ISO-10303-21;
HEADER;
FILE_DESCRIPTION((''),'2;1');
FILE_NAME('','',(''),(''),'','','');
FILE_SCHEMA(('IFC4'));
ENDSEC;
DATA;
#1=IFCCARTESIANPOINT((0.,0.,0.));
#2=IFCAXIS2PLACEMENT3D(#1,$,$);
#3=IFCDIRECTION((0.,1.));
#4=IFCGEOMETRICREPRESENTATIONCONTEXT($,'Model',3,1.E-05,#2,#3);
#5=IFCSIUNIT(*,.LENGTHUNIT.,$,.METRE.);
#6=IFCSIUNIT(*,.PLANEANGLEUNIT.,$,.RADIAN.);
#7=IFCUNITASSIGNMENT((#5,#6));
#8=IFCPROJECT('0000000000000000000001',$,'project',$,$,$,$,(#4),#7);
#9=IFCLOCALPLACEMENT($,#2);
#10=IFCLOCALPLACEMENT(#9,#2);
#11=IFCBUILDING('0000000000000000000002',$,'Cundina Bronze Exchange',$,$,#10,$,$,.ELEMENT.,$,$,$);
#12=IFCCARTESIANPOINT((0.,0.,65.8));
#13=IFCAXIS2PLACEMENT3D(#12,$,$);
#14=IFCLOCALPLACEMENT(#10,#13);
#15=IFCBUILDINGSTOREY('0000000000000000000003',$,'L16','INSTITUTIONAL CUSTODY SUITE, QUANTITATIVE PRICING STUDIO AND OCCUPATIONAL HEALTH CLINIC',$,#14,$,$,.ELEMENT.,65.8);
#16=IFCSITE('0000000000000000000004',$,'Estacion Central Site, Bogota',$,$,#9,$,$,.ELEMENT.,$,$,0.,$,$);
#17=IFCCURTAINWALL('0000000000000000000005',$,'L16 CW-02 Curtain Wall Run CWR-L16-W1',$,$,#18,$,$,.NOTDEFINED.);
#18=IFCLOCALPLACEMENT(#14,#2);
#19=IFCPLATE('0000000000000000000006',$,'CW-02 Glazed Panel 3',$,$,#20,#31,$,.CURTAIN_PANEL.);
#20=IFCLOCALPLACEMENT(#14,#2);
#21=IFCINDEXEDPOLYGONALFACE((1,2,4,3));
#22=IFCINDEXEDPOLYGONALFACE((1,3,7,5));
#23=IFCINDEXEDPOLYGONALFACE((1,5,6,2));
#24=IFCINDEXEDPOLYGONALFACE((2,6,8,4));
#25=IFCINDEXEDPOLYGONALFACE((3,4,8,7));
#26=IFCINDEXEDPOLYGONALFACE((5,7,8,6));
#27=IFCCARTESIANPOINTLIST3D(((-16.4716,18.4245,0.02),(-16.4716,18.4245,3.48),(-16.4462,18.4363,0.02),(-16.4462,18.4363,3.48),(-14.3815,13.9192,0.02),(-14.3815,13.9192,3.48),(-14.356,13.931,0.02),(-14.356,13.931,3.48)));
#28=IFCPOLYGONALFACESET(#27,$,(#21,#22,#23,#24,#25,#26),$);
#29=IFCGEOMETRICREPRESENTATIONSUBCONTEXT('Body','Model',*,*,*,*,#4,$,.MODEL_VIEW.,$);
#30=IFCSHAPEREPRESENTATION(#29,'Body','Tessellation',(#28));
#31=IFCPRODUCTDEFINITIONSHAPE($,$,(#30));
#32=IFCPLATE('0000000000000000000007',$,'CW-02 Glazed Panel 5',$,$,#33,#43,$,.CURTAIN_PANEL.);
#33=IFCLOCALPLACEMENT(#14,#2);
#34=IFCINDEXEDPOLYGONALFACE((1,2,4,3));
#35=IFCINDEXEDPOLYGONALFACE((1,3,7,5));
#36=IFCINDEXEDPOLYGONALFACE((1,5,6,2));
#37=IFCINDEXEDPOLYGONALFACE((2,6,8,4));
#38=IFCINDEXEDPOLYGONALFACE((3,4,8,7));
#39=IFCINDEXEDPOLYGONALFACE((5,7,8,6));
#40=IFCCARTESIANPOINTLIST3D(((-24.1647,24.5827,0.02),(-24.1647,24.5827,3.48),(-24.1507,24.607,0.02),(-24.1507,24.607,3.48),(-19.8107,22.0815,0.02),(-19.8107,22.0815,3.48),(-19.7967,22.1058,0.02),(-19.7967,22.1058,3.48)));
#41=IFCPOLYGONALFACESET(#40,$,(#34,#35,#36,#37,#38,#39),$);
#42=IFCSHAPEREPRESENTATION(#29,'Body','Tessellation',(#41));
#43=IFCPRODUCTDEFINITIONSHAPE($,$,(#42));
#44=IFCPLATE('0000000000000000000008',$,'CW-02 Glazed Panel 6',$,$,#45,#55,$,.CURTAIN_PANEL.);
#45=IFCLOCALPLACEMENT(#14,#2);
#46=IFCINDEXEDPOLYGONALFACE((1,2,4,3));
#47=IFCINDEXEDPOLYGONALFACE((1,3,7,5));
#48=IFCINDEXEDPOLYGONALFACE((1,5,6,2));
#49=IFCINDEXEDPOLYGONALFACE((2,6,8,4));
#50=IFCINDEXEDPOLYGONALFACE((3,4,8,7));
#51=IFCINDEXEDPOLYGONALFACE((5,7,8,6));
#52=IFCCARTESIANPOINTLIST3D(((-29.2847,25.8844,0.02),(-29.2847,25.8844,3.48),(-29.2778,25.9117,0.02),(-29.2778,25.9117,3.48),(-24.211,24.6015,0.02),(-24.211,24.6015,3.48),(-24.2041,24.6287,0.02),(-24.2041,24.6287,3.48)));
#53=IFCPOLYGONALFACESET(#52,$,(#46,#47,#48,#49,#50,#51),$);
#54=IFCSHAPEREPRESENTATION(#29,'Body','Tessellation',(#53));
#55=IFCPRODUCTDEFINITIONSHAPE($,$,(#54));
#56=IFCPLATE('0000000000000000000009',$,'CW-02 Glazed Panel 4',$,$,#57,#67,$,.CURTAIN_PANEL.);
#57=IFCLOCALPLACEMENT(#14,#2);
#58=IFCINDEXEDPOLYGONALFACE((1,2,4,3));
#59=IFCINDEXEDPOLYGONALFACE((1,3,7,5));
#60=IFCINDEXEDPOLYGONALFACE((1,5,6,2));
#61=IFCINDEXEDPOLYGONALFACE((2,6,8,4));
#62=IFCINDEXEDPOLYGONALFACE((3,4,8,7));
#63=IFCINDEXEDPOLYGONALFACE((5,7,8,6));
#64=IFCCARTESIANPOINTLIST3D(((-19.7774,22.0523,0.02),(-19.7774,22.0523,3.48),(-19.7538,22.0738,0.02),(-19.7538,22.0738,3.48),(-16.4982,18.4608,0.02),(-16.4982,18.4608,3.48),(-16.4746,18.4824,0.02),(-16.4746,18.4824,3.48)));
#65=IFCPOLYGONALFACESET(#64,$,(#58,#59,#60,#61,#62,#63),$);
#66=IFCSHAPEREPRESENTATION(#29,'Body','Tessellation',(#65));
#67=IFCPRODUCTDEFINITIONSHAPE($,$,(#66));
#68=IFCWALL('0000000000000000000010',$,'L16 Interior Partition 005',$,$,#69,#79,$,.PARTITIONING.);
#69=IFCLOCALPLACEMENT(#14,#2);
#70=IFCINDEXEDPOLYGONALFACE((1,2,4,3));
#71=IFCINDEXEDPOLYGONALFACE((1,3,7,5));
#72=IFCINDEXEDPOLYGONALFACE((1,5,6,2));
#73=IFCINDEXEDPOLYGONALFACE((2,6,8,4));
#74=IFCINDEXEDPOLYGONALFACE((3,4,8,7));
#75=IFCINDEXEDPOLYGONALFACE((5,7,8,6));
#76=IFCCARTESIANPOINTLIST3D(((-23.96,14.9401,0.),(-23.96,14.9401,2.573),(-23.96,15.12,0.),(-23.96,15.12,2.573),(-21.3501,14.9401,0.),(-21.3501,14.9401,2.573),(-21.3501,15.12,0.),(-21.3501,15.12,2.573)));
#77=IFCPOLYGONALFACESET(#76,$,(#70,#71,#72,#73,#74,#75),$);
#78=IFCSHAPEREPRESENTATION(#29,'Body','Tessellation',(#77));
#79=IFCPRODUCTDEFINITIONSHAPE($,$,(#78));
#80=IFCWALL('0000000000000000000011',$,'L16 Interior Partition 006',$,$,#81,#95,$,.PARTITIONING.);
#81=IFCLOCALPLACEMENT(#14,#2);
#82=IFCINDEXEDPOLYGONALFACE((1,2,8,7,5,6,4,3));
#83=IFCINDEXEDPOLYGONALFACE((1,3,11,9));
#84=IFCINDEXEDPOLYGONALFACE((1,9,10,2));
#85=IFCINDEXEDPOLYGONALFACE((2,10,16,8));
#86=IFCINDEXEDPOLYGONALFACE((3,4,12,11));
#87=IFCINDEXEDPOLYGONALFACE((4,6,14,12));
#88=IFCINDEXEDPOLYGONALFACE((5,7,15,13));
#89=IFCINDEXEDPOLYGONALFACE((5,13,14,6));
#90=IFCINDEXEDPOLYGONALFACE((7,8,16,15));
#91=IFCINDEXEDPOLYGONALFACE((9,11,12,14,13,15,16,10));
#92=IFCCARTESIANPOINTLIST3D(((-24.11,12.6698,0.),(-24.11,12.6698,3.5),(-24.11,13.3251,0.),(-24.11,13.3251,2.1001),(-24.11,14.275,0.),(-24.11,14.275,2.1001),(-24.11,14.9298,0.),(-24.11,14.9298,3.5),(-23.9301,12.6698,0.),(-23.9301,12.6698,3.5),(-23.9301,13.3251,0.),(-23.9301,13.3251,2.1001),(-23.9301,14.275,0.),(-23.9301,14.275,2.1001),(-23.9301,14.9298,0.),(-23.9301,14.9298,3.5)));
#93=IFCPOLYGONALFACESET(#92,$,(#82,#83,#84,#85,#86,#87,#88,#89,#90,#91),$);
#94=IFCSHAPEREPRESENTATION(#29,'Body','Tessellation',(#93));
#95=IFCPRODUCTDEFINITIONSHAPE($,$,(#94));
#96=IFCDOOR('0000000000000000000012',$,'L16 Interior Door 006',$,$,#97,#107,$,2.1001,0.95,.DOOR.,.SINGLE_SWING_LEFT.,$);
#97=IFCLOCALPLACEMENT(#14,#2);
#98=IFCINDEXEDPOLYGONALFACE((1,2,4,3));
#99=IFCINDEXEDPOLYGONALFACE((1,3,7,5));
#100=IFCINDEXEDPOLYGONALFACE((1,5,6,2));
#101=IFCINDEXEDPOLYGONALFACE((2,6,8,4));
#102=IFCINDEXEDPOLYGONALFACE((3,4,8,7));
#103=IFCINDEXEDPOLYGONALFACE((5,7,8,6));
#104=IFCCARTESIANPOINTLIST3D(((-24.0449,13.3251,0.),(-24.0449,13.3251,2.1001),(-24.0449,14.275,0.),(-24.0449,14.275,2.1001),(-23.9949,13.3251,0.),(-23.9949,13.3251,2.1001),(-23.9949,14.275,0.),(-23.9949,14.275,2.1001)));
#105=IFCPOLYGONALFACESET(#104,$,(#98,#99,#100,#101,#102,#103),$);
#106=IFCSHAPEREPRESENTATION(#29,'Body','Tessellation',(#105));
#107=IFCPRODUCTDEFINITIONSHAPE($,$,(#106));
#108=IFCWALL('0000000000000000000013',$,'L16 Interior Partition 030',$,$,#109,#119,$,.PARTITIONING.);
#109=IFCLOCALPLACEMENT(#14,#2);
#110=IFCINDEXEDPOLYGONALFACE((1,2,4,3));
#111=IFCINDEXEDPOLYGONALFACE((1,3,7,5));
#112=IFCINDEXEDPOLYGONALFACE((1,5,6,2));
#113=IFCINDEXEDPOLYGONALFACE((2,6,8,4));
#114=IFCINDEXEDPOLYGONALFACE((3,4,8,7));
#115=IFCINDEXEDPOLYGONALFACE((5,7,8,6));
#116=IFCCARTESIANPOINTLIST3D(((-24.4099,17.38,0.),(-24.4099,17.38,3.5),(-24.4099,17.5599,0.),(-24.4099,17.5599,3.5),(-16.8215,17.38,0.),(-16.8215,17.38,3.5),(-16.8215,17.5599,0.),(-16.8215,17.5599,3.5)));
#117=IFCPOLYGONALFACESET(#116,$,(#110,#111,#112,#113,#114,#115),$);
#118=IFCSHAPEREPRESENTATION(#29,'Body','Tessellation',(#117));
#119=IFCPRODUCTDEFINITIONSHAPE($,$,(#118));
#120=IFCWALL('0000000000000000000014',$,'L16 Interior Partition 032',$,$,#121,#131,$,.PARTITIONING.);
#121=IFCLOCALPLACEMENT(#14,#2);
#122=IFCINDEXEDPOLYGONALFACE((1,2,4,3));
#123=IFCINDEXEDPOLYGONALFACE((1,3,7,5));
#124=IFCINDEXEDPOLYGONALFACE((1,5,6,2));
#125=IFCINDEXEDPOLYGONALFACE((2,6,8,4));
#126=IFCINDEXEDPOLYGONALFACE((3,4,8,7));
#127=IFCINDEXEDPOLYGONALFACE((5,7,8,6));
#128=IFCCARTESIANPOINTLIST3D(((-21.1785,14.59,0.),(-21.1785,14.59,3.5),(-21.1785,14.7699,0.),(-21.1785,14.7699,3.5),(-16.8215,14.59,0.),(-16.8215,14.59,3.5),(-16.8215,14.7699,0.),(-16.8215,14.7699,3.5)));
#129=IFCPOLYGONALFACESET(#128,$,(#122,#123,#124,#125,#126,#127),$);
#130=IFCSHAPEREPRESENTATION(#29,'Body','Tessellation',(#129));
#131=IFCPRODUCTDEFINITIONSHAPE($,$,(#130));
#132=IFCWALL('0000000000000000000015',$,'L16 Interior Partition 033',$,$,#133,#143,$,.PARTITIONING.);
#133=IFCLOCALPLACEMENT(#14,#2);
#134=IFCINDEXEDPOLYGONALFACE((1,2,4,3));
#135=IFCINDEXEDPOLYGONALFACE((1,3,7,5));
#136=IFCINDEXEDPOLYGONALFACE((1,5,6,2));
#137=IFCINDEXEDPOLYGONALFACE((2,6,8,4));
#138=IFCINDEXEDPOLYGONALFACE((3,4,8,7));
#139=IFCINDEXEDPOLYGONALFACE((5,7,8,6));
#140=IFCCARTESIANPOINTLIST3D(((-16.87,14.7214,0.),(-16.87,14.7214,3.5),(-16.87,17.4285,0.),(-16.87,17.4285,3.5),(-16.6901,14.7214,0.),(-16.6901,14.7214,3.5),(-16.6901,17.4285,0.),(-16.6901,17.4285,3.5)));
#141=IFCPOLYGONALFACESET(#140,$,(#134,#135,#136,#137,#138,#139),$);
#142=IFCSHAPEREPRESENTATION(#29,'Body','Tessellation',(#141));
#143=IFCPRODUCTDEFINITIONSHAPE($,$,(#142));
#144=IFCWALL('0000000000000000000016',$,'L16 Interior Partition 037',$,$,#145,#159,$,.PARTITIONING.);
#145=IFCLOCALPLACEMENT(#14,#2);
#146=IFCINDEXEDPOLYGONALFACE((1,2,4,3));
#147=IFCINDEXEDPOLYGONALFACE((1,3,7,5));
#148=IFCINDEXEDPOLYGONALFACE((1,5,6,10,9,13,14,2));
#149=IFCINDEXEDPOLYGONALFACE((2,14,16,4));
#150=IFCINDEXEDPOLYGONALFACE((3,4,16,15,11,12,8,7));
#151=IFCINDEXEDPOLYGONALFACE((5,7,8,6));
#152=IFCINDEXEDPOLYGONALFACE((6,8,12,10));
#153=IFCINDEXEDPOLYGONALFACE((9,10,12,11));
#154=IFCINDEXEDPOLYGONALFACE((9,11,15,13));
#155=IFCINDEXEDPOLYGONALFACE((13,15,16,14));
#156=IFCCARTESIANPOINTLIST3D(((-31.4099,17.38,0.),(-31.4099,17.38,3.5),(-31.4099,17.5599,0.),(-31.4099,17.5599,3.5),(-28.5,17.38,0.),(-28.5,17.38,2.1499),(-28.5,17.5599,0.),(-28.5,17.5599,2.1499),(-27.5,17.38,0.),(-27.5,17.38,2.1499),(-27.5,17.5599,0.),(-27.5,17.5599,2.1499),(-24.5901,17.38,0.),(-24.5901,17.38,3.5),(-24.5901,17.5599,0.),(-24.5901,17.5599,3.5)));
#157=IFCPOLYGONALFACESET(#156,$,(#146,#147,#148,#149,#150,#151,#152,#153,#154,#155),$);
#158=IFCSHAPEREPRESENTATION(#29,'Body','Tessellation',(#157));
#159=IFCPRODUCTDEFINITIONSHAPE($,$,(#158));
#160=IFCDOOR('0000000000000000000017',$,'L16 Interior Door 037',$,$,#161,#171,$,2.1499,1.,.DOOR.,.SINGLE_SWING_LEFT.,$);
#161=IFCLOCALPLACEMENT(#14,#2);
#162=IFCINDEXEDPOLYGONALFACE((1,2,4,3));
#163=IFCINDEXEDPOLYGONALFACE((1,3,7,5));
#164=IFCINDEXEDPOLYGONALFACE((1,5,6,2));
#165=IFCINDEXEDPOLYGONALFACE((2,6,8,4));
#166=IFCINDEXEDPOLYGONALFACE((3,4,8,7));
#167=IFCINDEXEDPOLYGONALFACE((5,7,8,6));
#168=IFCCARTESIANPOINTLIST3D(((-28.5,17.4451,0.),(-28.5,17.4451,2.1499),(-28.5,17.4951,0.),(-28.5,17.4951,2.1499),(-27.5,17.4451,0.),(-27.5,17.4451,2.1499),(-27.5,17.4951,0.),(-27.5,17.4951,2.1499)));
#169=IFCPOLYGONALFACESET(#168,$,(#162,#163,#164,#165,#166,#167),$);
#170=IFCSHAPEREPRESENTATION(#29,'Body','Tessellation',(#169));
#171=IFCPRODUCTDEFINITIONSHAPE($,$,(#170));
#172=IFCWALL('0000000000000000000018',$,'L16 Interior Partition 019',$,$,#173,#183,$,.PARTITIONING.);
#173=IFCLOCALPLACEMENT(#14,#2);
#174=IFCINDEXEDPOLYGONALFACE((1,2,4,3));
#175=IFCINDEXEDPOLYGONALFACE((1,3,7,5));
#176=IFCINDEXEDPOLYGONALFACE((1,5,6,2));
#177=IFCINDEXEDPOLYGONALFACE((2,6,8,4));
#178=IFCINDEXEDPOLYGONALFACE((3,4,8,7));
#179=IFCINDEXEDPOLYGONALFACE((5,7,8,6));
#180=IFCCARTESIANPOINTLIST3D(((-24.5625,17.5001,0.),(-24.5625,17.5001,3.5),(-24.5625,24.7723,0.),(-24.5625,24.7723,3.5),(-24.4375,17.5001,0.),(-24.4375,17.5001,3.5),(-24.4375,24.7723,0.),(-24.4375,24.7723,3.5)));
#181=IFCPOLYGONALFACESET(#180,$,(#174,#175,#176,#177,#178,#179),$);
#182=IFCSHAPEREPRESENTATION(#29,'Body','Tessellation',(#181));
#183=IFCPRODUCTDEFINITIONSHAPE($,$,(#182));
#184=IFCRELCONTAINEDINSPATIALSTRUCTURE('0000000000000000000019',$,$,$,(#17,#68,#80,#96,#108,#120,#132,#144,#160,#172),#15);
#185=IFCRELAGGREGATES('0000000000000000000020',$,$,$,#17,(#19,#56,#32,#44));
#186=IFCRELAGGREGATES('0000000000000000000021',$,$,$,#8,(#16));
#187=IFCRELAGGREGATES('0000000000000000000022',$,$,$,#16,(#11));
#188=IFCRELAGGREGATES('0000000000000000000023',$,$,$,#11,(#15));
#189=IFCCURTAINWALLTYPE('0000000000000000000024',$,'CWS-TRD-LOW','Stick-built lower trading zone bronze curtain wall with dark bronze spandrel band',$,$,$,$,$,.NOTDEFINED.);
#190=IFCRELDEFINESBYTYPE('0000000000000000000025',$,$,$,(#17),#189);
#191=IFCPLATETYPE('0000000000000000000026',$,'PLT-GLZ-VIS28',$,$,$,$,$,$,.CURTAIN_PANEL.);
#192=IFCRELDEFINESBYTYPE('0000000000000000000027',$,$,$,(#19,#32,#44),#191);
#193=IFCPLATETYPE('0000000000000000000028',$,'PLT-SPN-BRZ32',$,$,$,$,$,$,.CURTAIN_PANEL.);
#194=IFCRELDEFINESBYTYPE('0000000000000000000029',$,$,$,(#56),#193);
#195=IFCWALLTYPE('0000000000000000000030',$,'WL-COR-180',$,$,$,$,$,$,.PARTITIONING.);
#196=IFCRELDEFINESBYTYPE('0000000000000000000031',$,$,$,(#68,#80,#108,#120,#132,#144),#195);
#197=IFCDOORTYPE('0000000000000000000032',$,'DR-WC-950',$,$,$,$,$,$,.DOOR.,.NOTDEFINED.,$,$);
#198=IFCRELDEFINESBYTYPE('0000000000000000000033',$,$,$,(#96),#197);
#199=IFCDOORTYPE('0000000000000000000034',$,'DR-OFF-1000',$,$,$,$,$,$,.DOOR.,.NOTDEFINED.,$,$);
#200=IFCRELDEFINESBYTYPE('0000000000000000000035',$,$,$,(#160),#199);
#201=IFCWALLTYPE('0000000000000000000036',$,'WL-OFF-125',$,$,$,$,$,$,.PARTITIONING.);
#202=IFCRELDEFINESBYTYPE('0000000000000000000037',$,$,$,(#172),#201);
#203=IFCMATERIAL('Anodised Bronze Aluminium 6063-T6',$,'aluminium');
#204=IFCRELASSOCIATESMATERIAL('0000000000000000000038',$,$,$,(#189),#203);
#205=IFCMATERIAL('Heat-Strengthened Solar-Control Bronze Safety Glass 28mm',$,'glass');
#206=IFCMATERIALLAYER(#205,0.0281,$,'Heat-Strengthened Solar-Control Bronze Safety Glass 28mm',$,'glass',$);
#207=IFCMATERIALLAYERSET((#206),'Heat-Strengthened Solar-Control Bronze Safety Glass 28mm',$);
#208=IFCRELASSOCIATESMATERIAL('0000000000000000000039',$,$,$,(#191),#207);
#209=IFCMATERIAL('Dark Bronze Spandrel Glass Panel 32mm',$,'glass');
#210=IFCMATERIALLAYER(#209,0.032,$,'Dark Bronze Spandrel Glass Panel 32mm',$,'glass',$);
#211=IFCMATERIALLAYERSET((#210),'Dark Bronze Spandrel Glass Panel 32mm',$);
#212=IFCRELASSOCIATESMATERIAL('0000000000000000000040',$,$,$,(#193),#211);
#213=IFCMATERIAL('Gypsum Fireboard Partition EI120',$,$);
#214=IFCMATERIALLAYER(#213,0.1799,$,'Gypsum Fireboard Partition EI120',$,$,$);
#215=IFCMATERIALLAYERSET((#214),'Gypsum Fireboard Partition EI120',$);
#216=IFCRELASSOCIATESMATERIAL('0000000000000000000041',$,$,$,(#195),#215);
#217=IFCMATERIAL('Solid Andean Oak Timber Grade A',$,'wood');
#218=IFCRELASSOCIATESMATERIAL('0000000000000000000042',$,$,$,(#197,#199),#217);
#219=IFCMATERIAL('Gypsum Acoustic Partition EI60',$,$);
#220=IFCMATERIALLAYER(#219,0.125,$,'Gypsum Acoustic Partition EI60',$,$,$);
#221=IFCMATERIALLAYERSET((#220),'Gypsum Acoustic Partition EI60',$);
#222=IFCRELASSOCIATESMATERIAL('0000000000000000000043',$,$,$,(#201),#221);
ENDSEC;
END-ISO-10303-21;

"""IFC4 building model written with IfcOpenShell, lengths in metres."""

from ifc_helpers import new_model, si_unit, direction, frame, frame_2d, origin, origin_2d, place, context, subcontext, project, spatial, rectangle, extrude, material, layer, layer_set, type_object, element, fill, aggregate, save


model = new_model("IFC4")

# Units and contexts
model_context = context("Model", 3, precision=1e-05, world=origin(), true_north=direction((0.0, 1.0)))
body_context = subcontext(model_context, "Body", "Model", "MODEL_VIEW")
ifc_project = project(units=[si_unit("LENGTHUNIT", "METRE"), si_unit("PLANEANGLEUNIT", "RADIAN")], contexts=[model_context])

# Site, building, storey
site_placement = place(None, origin())
site = spatial("IfcSite", under=ifc_project, at=site_placement, Name="Estacion Central Site, Bogota", CompositionType="ELEMENT", RefElevation=0.0)
building_placement = place(site_placement, origin())
building = spatial("IfcBuilding", under=site, at=building_placement, Name="Cundina Bronze Exchange", CompositionType="ELEMENT")
storey_placement = place(building_placement, frame((0.0, 0.0, 65.8)))
storey = spatial("IfcBuildingStorey", under=building, at=storey_placement, Name="L16", Description="INSTITUTIONAL CUSTODY SUITE, QUANTITATIVE PRICING STUDIO AND OCCUPATIONAL HEALTH CLINIC", CompositionType="ELEMENT", Elevation=65.8)

# Curtain wall, plates
ifc_material_1 = material(Name="Anodised Bronze Aluminium 6063-T6", Category="aluminium")
curtain_wall_type = type_object("IfcCurtainWallType", Name="CWS-TRD-LOW", Description="Stick-built lower trading zone bronze curtain wall with dark bronze spandrel band", PredefinedType="NOTDEFINED", material=ifc_material_1)
curtain_wall_placement = place(storey_placement, origin())
curtain_wall = element("IfcCurtainWall", 1, at=curtain_wall_placement, inside=storey, type_object=curtain_wall_type, Name="L16 CW-02 Curtain Wall Run CWR-L16-W1", PredefinedType="NOTDEFINED")
ifc_material_2 = material(Name="Heat-Strengthened Solar-Control Bronze Safety Glass 28mm", Category="glass")
ifc_layer_1 = layer(ifc_material_2, 0.0281, Name="Heat-Strengthened Solar-Control Bronze Safety Glass 28mm", Category="glass")
ifc_layer_set_1 = layer_set([ifc_layer_1], Name="Heat-Strengthened Solar-Control Bronze Safety Glass 28mm")
plate_type_1 = type_object("IfcPlateType", Name="PLT-GLZ-VIS28", PredefinedType="CURTAIN_PANEL", material=ifc_layer_set_1)
plate_1_placement = place(storey_placement, frame((-15.4138, 16.1777, 0.02), z_axis=(0.0, 0.0, 1.0), x_axis=(-0.420846, 0.907132, 0.0)))
plate_1 = element("IfcPlate", 2, at=plate_1_placement, type_object=plate_type_1, Name="CW-02 Glazed Panel 3", PredefinedType="CURTAIN_PANEL", context=body_context, shape_type="SweptSolid", body=[
    extrude(rectangle(XDim=4.9666, YDim=0.0281, at=origin_2d()), origin(), (0.0, 0.0, 1.0), 3.46),
])
plate_2_placement = place(storey_placement, frame((-21.9807, 23.3442, 0.02), z_axis=(0.0, 0.0, 1.0), x_axis=(-0.867105, 0.498125, 0.0)))
plate_2 = element("IfcPlate", 3, at=plate_2_placement, type_object=plate_type_1, Name="CW-02 Glazed Panel 5", PredefinedType="CURTAIN_PANEL", context=body_context, shape_type="SweptSolid", body=[
    extrude(rectangle(XDim=5.0212, YDim=0.0281, at=origin_2d()), origin(), (0.0, 0.0, 1.0), 3.46),
])
plate_3_placement = place(storey_placement, frame((-26.7444, 25.2566, 0.02), z_axis=(0.0, 0.0, 1.0), x_axis=(-0.969488, 0.245138, 0.0)))
plate_3 = element("IfcPlate", 4, at=plate_3_placement, type_object=plate_type_1, Name="CW-02 Glazed Panel 6", PredefinedType="CURTAIN_PANEL", context=body_context, shape_type="SweptSolid", body=[
    extrude(rectangle(XDim=5.2334, YDim=0.0281, at=origin_2d()), origin(), (0.0, 0.0, 1.0), 3.46),
])
ifc_material_3 = material(Name="Dark Bronze Spandrel Glass Panel 32mm", Category="glass")
ifc_layer_2 = layer(ifc_material_3, 0.032, Name="Dark Bronze Spandrel Glass Panel 32mm", Category="glass")
ifc_layer_set_2 = layer_set([ifc_layer_2], Name="Dark Bronze Spandrel Glass Panel 32mm")
plate_type_2 = type_object("IfcPlateType", Name="PLT-SPN-BRZ32", PredefinedType="CURTAIN_PANEL", material=ifc_layer_set_2)
plate_4_placement = place(storey_placement, frame((-18.126, 20.2673, 0.02), z_axis=(0.0, 0.0, 1.0), x_axis=(-0.674277, 0.738479, 0.0)))
plate_4 = element("IfcPlate", 5, at=plate_4_placement, type_object=plate_type_2, Name="CW-02 Glazed Panel 4", PredefinedType="CURTAIN_PANEL", context=body_context, shape_type="SweptSolid", body=[
    extrude(rectangle(XDim=4.8633, YDim=0.032, at=origin_2d()), origin(), (0.0, 0.0, 1.0), 3.46),
])
aggregate(curtain_wall, [plate_1, plate_4, plate_2, plate_3])

# Wall
ifc_material_4 = material(Name="Gypsum Fireboard Partition EI120")
ifc_layer_3 = layer(ifc_material_4, 0.1799, Name="Gypsum Fireboard Partition EI120")
ifc_layer_set_3 = layer_set([ifc_layer_3], Name="Gypsum Fireboard Partition EI120")
wall_type_1 = type_object("IfcWallType", Name="WL-COR-180", PredefinedType="PARTITIONING", material=ifc_layer_set_3)
wall_1_placement = place(storey_placement, frame((-23.96, 15.03, 0.0), z_axis=(0.0, 0.0, 1.0), x_axis=(1.0, 0.0, 0.0)))
element("IfcWall", 6, at=wall_1_placement, inside=storey, type_object=wall_type_1, Name="L16 Interior Partition 005", PredefinedType="PARTITIONING", context=body_context, shape_type="SweptSolid", body=[
    extrude(rectangle(XDim=2.6099, YDim=0.1799, at=frame_2d((1.3049, 0.0))), origin(), (0.0, 0.0, 1.0), 2.573),
])

# Wall, opening, door
wall_2_placement = place(storey_placement, frame((-24.02, 12.6699, 0.0), z_axis=(0.0, 0.0, 1.0), x_axis=(0.0, 1.0, 0.0)))
wall_2 = element("IfcWall", 7, at=wall_2_placement, inside=storey, type_object=wall_type_1, Name="L16 Interior Partition 006", PredefinedType="PARTITIONING", context=body_context, shape_type="SweptSolid", body=[
    extrude(rectangle(XDim=2.26, YDim=0.1799, at=frame_2d((1.1299, 0.0))), origin(), (0.0, 0.0, 1.0), 3.5),
])
opening_1_placement = place(wall_2_placement, frame((0.655, 0.0, 0.0)))
opening_1 = element("IfcOpeningElement", 8, at=opening_1_placement, cuts=wall_2, PredefinedType="OPENING", context=body_context, shape_type="SweptSolid", body=[
    extrude(rectangle(XDim=0.95, YDim=2.1001, at=frame_2d((0.4751, 1.05))), frame((0.0, 0.0999, 0.0), z_axis=(0.0, -1.0, 0.0), x_axis=(1.0, 0.0, 0.0)), (0.0, 0.0, 1.0), 0.2),
])
ifc_material_5 = material(Name="Solid Andean Oak Timber Grade A", Category="wood")
door_type_1 = type_object("IfcDoorType", Name="DR-WC-950", OperationType="NOTDEFINED", PredefinedType="DOOR", material=ifc_material_5)
door_1_placement = place(opening_1_placement, origin())
door_1 = element("IfcDoor", 9, at=door_1_placement, inside=storey, type_object=door_type_1, Name="L16 Interior Door 006", OperationType="SINGLE_SWING_LEFT", OverallHeight=2.1001, OverallWidth=0.95, PredefinedType="DOOR", context=body_context, shape_type="SweptSolid", body=[
    extrude(rectangle(XDim=0.95, YDim=2.1001, at=frame_2d((0.4751, 1.05))), frame((0.0, 0.0249, 0.0), z_axis=(0.0, -1.0, 0.0), x_axis=(1.0, 0.0, 0.0)), (0.0, 0.0, 1.0), 0.05),
])
fill(opening_1, door_1)

# Walls
wall_3_placement = place(storey_placement, frame((-16.8215, 17.47, 0.0), z_axis=(0.0, 0.0, 1.0), x_axis=(-1.0, 0.0, 0.0)))
element("IfcWall", 10, at=wall_3_placement, inside=storey, type_object=wall_type_1, Name="L16 Interior Partition 030", PredefinedType="PARTITIONING", context=body_context, shape_type="SweptSolid", body=[
    extrude(rectangle(XDim=7.5884, YDim=0.1799, at=frame_2d((3.7942, 0.0))), origin(), (0.0, 0.0, 1.0), 3.5),
])
wall_4_placement = place(storey_placement, frame((-21.1785, 14.6799, 0.0), z_axis=(0.0, 0.0, 1.0), x_axis=(1.0, 0.0, 0.0)))
element("IfcWall", 11, at=wall_4_placement, inside=storey, type_object=wall_type_1, Name="L16 Interior Partition 032", PredefinedType="PARTITIONING", context=body_context, shape_type="SweptSolid", body=[
    extrude(rectangle(XDim=4.3569, YDim=0.1799, at=frame_2d((2.1785, 0.0))), origin(), (0.0, 0.0, 1.0), 3.5),
])
wall_5_placement = place(storey_placement, frame((-16.78, 14.7214, 0.0), z_axis=(0.0, 0.0, 1.0), x_axis=(0.0, 1.0, 0.0)))
element("IfcWall", 12, at=wall_5_placement, inside=storey, type_object=wall_type_1, Name="L16 Interior Partition 033", PredefinedType="PARTITIONING", context=body_context, shape_type="SweptSolid", body=[
    extrude(rectangle(XDim=2.707, YDim=0.1799, at=frame_2d((1.3535, 0.0))), origin(), (0.0, 0.0, 1.0), 3.5),
])

# Wall, opening, door
wall_6_placement = place(storey_placement, frame((-24.5901, 17.47, 0.0), z_axis=(0.0, 0.0, 1.0), x_axis=(-1.0, 0.0, 0.0)))
wall_6 = element("IfcWall", 13, at=wall_6_placement, inside=storey, type_object=wall_type_1, Name="L16 Interior Partition 037", PredefinedType="PARTITIONING", context=body_context, shape_type="SweptSolid", body=[
    extrude(rectangle(XDim=6.8198, YDim=0.1799, at=frame_2d((3.4099, 0.0))), origin(), (0.0, 0.0, 1.0), 3.5),
])
opening_2_placement = place(wall_6_placement, frame((2.9099, 0.0, 0.0)))
opening_2 = element("IfcOpeningElement", 14, at=opening_2_placement, cuts=wall_6, PredefinedType="OPENING", context=body_context, shape_type="SweptSolid", body=[
    extrude(rectangle(XDim=1.0, YDim=2.1499, at=frame_2d((0.5, 1.075))), frame((0.0, 0.0999, 0.0), z_axis=(0.0, -1.0, 0.0), x_axis=(1.0, 0.0, 0.0)), (0.0, 0.0, 1.0), 0.2),
])
door_type_2 = type_object("IfcDoorType", Name="DR-OFF-1000", OperationType="NOTDEFINED", PredefinedType="DOOR", material=ifc_material_5)
door_2_placement = place(opening_2_placement, origin())
door_2 = element("IfcDoor", 15, at=door_2_placement, inside=storey, type_object=door_type_2, Name="L16 Interior Door 037", OperationType="SINGLE_SWING_LEFT", OverallHeight=2.1499, OverallWidth=1.0, PredefinedType="DOOR", context=body_context, shape_type="SweptSolid", body=[
    extrude(rectangle(XDim=1.0, YDim=2.1499, at=frame_2d((0.5, 1.075))), frame((0.0, 0.0249, 0.0), z_axis=(0.0, -1.0, 0.0), x_axis=(1.0, 0.0, 0.0)), (0.0, 0.0, 1.0), 0.05),
])
fill(opening_2, door_2)

# Wall
ifc_material_6 = material(Name="Gypsum Acoustic Partition EI60")
ifc_layer_4 = layer(ifc_material_6, 0.125, Name="Gypsum Acoustic Partition EI60")
ifc_layer_set_4 = layer_set([ifc_layer_4], Name="Gypsum Acoustic Partition EI60")
wall_type_2 = type_object("IfcWallType", Name="WL-OFF-125", PredefinedType="PARTITIONING", material=ifc_layer_set_4)
wall_7_placement = place(storey_placement, frame((-24.5, 17.5, 0.0), z_axis=(0.0, 0.0, 1.0), x_axis=(0.0, 1.0, 0.0)))
element("IfcWall", 16, at=wall_7_placement, inside=storey, type_object=wall_type_2, Name="L16 Interior Partition 019", PredefinedType="PARTITIONING", context=body_context, shape_type="SweptSolid", body=[
    extrude(rectangle(XDim=7.2722, YDim=0.125, at=frame_2d((3.6362, 0.0))), origin(), (0.0, 0.0, 1.0), 3.5),
])

save(model, "model.ifc")
